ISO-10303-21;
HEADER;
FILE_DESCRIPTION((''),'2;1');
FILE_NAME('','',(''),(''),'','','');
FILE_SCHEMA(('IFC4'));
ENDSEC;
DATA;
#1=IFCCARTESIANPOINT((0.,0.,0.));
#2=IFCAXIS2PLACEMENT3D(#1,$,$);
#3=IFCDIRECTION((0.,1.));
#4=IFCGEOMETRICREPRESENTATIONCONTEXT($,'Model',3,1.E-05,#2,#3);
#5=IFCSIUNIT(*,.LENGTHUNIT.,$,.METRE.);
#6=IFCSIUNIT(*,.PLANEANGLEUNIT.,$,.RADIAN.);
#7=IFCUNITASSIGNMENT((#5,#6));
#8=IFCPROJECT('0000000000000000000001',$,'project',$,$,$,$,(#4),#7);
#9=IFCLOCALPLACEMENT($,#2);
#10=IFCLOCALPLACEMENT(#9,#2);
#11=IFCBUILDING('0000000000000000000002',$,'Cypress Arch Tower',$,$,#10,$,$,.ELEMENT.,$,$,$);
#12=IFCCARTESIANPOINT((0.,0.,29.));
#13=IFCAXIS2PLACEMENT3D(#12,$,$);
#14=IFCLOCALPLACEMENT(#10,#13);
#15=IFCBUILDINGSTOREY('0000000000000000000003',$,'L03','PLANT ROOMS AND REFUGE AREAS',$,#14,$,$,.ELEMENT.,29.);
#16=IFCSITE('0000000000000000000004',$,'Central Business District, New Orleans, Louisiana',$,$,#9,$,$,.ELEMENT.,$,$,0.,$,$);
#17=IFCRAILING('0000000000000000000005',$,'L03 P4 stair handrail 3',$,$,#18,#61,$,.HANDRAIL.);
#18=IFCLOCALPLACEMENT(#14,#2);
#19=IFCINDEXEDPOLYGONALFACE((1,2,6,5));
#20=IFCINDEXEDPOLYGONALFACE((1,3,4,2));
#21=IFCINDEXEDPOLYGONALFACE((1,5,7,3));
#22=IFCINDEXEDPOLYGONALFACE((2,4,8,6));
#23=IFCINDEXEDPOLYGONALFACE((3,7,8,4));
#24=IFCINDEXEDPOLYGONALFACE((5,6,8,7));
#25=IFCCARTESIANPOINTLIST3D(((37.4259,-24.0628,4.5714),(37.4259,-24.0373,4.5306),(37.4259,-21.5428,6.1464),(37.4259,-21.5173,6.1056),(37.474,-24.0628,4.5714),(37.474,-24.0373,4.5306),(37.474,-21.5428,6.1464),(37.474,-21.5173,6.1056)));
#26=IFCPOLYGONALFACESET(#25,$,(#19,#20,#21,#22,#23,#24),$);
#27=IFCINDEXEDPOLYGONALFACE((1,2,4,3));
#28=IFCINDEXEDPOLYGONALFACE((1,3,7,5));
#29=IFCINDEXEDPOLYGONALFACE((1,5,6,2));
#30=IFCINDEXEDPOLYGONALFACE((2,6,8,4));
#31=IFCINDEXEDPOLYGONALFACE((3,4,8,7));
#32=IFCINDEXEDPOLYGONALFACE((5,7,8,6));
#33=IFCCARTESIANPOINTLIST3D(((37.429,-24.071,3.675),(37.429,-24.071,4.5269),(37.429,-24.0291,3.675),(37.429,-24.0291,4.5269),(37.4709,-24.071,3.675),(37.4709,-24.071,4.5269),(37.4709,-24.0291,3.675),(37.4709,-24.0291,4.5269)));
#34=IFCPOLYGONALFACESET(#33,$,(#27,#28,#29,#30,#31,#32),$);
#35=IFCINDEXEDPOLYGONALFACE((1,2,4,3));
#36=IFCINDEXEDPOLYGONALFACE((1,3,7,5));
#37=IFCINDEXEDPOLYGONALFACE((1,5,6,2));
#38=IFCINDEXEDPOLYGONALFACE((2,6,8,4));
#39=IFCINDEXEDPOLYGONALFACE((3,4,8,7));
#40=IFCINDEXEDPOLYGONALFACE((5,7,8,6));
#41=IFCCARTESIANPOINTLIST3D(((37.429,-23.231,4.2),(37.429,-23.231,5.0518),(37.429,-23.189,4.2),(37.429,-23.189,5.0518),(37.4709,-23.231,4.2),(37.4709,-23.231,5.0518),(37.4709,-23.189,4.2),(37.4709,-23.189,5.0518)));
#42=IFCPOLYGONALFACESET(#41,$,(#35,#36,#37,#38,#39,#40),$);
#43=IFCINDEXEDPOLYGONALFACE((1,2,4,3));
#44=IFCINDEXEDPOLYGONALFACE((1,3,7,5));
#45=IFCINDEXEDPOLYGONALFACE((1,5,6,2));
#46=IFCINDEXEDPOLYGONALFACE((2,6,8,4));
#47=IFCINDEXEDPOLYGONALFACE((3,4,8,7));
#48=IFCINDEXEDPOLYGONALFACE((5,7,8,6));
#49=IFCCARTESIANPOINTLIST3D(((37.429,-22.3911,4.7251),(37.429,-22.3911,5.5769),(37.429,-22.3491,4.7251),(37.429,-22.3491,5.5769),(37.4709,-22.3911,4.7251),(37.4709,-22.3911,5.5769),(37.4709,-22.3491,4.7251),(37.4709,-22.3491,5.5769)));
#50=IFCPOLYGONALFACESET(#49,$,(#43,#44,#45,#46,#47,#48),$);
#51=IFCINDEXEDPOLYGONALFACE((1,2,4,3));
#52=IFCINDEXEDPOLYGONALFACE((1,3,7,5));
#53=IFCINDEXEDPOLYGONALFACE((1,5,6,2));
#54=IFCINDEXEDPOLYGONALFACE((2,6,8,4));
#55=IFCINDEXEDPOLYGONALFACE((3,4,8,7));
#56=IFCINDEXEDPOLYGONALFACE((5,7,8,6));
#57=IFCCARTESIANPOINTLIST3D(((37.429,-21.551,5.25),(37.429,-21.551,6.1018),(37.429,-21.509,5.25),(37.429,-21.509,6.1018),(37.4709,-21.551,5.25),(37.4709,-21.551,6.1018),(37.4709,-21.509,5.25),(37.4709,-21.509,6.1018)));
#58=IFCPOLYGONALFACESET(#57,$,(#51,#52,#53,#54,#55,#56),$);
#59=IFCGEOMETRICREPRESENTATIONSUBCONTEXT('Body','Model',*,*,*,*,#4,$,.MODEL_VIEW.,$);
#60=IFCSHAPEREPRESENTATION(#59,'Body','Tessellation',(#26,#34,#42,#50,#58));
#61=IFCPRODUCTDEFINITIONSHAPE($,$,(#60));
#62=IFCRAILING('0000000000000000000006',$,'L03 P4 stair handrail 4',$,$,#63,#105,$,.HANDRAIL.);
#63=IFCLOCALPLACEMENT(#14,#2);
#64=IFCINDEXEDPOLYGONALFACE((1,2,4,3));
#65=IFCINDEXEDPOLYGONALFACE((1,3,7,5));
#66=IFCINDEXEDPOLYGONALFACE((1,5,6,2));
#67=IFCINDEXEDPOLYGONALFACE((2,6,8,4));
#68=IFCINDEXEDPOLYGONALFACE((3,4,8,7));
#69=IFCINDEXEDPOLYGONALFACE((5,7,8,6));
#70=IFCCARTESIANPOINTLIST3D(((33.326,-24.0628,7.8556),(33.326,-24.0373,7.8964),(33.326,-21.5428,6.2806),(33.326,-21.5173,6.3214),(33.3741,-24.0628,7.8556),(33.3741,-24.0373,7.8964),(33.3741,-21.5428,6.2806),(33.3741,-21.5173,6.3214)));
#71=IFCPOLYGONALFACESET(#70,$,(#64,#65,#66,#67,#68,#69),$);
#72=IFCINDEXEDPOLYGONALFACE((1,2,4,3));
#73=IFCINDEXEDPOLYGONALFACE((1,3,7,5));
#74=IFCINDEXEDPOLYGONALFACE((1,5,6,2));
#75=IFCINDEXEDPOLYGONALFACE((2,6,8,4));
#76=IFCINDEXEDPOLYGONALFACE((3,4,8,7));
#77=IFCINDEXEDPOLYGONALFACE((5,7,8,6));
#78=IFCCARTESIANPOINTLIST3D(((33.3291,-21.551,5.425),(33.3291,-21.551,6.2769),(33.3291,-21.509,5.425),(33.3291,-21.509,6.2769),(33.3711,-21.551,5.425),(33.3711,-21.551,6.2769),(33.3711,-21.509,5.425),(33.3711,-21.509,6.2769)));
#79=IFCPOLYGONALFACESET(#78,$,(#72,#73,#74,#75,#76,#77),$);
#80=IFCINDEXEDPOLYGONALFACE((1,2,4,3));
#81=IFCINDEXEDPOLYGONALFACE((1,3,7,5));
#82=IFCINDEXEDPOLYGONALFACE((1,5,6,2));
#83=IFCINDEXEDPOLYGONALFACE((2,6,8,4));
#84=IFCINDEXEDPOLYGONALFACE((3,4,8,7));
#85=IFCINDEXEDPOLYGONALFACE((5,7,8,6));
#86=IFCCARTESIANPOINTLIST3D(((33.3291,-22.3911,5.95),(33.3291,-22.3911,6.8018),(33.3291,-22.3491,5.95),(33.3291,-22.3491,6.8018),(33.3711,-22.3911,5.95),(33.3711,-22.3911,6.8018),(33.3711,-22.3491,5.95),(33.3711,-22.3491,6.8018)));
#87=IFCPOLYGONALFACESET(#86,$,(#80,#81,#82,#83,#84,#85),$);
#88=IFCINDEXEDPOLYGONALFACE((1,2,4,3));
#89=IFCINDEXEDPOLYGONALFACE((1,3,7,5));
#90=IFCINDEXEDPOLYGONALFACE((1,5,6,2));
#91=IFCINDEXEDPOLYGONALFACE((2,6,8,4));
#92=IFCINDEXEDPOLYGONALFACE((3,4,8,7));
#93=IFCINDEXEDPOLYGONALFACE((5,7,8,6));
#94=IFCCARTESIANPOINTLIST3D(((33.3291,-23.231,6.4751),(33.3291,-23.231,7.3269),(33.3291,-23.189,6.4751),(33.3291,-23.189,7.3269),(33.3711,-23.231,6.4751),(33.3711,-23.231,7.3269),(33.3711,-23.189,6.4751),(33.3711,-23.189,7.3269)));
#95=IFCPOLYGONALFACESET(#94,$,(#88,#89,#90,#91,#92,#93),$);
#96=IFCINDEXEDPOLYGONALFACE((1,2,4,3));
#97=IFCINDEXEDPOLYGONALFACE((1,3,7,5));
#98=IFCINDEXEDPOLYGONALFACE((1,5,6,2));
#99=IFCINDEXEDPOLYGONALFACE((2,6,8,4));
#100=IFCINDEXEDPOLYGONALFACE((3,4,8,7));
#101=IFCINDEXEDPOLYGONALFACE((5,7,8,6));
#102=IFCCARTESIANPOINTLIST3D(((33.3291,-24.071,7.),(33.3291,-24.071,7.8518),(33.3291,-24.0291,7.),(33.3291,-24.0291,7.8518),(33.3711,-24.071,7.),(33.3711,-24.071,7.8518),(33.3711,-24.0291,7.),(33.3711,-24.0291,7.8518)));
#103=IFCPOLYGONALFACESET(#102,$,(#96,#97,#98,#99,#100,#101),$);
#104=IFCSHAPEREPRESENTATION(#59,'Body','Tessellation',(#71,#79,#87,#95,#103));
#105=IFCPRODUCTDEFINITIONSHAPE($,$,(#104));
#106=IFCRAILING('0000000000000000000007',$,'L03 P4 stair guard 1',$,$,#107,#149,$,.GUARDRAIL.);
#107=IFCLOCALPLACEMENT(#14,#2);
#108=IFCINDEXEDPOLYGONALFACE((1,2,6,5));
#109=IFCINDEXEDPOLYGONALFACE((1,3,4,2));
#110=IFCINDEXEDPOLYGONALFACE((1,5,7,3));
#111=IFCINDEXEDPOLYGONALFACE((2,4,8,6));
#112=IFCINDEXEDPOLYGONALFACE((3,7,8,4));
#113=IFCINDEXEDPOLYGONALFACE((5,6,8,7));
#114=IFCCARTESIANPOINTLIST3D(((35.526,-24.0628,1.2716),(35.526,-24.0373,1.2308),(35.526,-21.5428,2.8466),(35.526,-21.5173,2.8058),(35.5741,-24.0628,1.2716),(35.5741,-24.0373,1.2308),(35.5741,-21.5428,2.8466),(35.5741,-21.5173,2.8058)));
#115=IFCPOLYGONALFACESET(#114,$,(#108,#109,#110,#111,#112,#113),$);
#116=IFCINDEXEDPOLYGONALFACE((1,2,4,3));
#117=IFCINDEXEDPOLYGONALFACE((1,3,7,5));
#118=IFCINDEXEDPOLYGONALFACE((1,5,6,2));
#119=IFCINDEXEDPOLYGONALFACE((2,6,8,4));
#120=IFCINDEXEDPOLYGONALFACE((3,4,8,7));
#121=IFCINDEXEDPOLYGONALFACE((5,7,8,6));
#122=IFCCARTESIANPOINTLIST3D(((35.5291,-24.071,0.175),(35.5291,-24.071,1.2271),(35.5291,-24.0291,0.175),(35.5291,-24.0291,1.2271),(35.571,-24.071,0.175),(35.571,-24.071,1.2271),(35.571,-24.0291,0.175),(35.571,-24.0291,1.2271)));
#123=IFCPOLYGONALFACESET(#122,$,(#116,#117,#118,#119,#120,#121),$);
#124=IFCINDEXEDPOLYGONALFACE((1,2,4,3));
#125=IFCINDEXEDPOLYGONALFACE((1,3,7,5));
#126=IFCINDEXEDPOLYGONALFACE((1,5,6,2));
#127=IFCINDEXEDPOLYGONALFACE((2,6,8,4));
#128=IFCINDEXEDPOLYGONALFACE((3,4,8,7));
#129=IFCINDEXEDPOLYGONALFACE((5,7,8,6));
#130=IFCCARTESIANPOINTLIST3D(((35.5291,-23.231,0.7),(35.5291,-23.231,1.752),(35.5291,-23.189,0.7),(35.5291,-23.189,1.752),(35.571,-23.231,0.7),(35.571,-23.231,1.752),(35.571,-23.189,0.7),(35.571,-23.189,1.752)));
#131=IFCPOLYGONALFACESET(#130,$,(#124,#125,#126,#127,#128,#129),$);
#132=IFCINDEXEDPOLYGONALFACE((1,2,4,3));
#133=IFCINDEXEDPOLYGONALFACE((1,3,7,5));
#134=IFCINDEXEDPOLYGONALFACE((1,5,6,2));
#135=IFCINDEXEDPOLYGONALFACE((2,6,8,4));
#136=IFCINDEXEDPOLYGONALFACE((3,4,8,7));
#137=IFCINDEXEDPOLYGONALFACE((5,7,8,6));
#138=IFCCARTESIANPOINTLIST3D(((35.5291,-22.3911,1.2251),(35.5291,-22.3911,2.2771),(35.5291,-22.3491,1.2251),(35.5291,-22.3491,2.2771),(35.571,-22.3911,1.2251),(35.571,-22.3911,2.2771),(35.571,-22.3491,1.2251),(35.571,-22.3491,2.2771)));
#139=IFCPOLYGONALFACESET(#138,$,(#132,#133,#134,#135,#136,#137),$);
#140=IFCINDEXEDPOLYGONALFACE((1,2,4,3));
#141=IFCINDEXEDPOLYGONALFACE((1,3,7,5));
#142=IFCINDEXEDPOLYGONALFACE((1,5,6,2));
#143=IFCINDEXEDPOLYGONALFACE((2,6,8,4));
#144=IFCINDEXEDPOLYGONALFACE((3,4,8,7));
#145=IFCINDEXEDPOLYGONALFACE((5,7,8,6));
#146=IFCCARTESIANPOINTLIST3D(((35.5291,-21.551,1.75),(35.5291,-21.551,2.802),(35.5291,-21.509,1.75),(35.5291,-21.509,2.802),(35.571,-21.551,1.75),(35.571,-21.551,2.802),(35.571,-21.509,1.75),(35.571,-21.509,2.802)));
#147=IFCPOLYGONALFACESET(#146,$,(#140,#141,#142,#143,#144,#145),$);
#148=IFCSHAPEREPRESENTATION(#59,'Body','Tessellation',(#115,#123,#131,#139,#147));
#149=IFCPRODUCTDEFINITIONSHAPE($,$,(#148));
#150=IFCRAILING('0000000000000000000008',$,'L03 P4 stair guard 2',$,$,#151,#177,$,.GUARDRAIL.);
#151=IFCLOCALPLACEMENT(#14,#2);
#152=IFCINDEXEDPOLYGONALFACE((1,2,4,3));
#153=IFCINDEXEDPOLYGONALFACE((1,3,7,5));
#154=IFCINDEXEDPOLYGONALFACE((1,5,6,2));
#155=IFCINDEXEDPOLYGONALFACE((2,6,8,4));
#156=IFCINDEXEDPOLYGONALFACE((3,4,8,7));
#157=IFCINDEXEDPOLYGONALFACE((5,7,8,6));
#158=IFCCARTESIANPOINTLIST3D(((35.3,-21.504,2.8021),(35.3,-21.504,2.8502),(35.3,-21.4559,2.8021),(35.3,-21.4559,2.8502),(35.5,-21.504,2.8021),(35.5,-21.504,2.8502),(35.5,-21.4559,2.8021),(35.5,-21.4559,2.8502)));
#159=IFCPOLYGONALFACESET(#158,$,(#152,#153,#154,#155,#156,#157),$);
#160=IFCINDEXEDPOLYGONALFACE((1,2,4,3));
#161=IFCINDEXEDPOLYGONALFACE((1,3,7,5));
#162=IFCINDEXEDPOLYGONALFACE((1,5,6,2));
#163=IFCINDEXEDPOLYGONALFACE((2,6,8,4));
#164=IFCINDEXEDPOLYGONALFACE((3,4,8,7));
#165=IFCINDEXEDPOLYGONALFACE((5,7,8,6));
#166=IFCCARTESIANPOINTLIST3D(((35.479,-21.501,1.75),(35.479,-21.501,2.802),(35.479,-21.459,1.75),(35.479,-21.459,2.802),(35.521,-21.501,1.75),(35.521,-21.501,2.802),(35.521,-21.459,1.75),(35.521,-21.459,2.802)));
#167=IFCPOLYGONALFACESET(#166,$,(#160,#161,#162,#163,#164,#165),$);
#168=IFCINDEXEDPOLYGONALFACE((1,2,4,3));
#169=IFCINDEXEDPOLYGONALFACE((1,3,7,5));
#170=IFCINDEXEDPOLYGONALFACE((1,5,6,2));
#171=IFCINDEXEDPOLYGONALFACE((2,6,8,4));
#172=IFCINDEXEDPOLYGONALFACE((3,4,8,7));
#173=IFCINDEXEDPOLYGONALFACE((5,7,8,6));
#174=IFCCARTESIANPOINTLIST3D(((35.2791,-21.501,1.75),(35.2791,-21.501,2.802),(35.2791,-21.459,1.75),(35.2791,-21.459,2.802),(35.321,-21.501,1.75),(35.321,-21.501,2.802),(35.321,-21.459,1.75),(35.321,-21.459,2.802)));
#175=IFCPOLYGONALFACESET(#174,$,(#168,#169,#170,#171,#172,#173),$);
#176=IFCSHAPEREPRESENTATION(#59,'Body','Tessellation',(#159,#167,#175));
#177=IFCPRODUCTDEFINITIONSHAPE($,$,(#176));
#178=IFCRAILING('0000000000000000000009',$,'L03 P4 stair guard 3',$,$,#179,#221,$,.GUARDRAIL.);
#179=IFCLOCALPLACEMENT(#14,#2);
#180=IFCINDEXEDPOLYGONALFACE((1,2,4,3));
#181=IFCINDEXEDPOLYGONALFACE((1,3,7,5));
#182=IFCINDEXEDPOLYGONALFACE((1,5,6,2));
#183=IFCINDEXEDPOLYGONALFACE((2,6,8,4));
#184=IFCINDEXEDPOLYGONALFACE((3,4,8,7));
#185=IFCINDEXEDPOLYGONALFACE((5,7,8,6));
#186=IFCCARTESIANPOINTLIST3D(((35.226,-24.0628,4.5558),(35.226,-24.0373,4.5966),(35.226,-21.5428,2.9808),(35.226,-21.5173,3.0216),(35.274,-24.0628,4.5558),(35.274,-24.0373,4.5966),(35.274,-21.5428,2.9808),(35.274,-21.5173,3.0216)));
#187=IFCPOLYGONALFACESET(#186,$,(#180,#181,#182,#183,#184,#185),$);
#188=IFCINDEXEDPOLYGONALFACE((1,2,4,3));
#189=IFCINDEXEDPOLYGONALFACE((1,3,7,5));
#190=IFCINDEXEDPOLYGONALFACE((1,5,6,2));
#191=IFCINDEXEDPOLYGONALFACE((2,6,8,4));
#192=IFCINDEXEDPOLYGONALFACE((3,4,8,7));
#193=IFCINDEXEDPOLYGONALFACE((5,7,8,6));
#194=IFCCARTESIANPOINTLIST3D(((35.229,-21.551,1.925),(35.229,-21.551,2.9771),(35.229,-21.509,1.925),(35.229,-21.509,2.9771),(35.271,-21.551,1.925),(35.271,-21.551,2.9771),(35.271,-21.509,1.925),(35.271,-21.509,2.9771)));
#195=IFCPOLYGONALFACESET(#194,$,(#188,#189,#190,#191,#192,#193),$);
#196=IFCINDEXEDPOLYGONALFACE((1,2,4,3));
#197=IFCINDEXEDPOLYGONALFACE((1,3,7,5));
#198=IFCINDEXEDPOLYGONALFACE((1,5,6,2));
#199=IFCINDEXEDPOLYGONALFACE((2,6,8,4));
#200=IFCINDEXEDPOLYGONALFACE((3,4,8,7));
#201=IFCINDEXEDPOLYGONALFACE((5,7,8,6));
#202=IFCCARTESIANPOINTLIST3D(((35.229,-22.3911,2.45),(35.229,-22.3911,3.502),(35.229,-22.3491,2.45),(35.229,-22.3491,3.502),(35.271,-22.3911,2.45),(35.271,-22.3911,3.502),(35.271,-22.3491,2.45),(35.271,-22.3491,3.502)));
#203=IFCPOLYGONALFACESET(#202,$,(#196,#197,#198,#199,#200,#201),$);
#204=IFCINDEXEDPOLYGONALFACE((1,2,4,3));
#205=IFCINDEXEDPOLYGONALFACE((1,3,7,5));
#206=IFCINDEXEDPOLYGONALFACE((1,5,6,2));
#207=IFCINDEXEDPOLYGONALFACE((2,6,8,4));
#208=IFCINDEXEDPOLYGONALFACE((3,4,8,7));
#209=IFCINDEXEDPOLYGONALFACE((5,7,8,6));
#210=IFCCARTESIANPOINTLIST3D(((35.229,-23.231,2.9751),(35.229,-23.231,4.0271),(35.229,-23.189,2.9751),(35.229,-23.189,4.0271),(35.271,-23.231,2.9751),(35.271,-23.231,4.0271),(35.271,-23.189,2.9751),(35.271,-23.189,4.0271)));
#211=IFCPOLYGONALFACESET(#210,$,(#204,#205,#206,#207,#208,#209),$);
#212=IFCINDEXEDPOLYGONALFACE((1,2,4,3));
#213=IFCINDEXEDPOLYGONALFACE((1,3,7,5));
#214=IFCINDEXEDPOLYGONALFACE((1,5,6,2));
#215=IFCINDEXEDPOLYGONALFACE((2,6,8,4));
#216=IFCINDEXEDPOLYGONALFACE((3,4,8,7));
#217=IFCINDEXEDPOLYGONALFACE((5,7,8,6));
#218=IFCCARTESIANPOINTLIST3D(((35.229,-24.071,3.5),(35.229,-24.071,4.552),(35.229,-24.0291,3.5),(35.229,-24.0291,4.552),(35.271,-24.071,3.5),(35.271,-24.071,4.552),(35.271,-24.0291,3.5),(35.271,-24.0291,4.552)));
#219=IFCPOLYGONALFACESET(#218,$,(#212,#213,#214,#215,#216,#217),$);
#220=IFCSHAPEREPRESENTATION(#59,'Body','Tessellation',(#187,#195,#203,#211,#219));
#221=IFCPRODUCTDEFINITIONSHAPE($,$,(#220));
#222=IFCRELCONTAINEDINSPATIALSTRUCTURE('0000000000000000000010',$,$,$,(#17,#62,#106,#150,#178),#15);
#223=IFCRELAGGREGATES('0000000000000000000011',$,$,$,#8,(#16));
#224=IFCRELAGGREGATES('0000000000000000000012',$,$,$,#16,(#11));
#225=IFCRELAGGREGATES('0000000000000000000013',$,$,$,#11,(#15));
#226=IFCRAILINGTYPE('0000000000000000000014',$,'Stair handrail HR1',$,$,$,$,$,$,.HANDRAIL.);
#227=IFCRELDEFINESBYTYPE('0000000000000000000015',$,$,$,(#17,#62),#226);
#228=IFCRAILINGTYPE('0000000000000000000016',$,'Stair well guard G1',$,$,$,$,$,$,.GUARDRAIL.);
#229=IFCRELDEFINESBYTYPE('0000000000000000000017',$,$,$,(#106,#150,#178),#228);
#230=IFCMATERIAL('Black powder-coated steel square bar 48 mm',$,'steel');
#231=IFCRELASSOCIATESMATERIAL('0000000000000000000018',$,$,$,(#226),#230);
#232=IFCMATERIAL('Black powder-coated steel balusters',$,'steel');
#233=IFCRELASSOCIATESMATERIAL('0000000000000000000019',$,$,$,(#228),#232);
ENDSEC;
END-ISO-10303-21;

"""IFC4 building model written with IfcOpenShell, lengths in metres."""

from ifc_helpers import new_model, si_unit, direction, frame, origin, origin_2d, place, context, subcontext, project, spatial, rectangle, extrude, material, type_object, element, save


model = new_model("IFC4")

# Units and contexts
model_context = context("Model", 3, precision=1e-05, world=origin(), true_north=direction((0.0, 1.0)))
body_context = subcontext(model_context, "Body", "Model", "MODEL_VIEW")
ifc_project = project(units=[si_unit("LENGTHUNIT", "METRE"), si_unit("PLANEANGLEUNIT", "RADIAN")], contexts=[model_context])

# Site, building, storey
site_placement = place(None, origin())
site = spatial("IfcSite", under=ifc_project, at=site_placement, Name="Central Business District, New Orleans, Louisiana", CompositionType="ELEMENT", RefElevation=0.0)
building_placement = place(site_placement, origin())
building = spatial("IfcBuilding", under=site, at=building_placement, Name="Cypress Arch Tower", CompositionType="ELEMENT")
storey_placement = place(building_placement, frame((0.0, 0.0, 29.0)))
storey = spatial("IfcBuildingStorey", under=building, at=storey_placement, Name="L03", Description="PLANT ROOMS AND REFUGE AREAS", CompositionType="ELEMENT", Elevation=29.0)

# Railings
ifc_material_1 = material(Name="Black powder-coated steel square bar 48 mm", Category="steel")
railing_type_1 = type_object("IfcRailingType", Name="Stair handrail HR1", PredefinedType="HANDRAIL", material=ifc_material_1)
railing_1_placement = place(storey_placement, frame((37.45, -24.05, 3.675)))
element("IfcRailing", 1, at=railing_1_placement, inside=storey, type_object=railing_type_1, Name="L03 P4 stair handrail 3", PredefinedType="HANDRAIL", context=body_context, shape_type="SweptSolid", body=[
    extrude(rectangle(XDim=0.0481, YDim=0.0481, at=origin_2d()), frame((0.0, 0.0, 0.876), z_axis=(0.0, 0.848008, 0.529984), x_axis=(-1.0, 0.0, 0.0)), (0.0, 0.0, 1.0), 2.9717),
    extrude(rectangle(XDim=0.042, YDim=0.042, at=origin_2d()), origin(), (0.0, 0.0, 1.0), 0.8518),
    extrude(rectangle(XDim=0.042, YDim=0.042, at=origin_2d()), frame((0.0, 0.8401, 0.5249)), (0.0, 0.0, 1.0), 0.8518),
    extrude(rectangle(XDim=0.042, YDim=0.042, at=origin_2d()), frame((0.0, 1.6799, 1.05)), (0.0, 0.0, 1.0), 0.8518),
    extrude(rectangle(XDim=0.042, YDim=0.042, at=origin_2d()), frame((0.0, 2.52, 1.575)), (0.0, 0.0, 1.0), 0.8518),
])
railing_2_placement = place(storey_placement, frame((33.3501, -21.53, 5.425)))
element("IfcRailing", 2, at=railing_2_placement, inside=storey, type_object=railing_type_1, Name="L03 P4 stair handrail 4", PredefinedType="HANDRAIL", context=body_context, shape_type="SweptSolid", body=[
    extrude(rectangle(XDim=0.0481, YDim=0.0481, at=origin_2d()), frame((0.0, 0.0, 0.876), z_axis=(0.0, -0.848008, 0.529984), x_axis=(1.0, 0.0, 0.0)), (0.0, 0.0, 1.0), 2.9717),
    extrude(rectangle(XDim=0.042, YDim=0.042, at=origin_2d()), origin(), (0.0, 0.0, 1.0), 0.8518),
    extrude(rectangle(XDim=0.042, YDim=0.042, at=origin_2d()), frame((0.0, -0.8401, 0.5249)), (0.0, 0.0, 1.0), 0.8518),
    extrude(rectangle(XDim=0.042, YDim=0.042, at=origin_2d()), frame((0.0, -1.6799, 1.05)), (0.0, 0.0, 1.0), 0.8518),
    extrude(rectangle(XDim=0.042, YDim=0.042, at=origin_2d()), frame((0.0, -2.52, 1.575)), (0.0, 0.0, 1.0), 0.8518),
])
ifc_material_2 = material(Name="Black powder-coated steel balusters", Category="steel")
railing_type_2 = type_object("IfcRailingType", Name="Stair well guard G1", PredefinedType="GUARDRAIL", material=ifc_material_2)
railing_3_placement = place(storey_placement, frame((35.55, -24.05, 0.175)))
element("IfcRailing", 3, at=railing_3_placement, inside=storey, type_object=railing_type_2, Name="L03 P4 stair guard 1", PredefinedType="GUARDRAIL", context=body_context, shape_type="SweptSolid", body=[
    extrude(rectangle(XDim=0.0481, YDim=0.0481, at=origin_2d()), frame((0.0, 0.0, 1.0762), z_axis=(0.0, 0.848008, 0.529984), x_axis=(-1.0, 0.0, 0.0)), (0.0, 0.0, 1.0), 2.9717),
    extrude(rectangle(XDim=0.042, YDim=0.042, at=origin_2d()), origin(), (0.0, 0.0, 1.0), 1.052),
    extrude(rectangle(XDim=0.042, YDim=0.042, at=origin_2d()), frame((0.0, 0.8401, 0.5249)), (0.0, 0.0, 1.0), 1.052),
    extrude(rectangle(XDim=0.042, YDim=0.042, at=origin_2d()), frame((0.0, 1.6799, 1.05)), (0.0, 0.0, 1.0), 1.052),
    extrude(rectangle(XDim=0.042, YDim=0.042, at=origin_2d()), frame((0.0, 2.52, 1.575)), (0.0, 0.0, 1.0), 1.052),
])
railing_4_placement = place(storey_placement, frame((35.5, -21.48, 1.75)))
element("IfcRailing", 4, at=railing_4_placement, inside=storey, type_object=railing_type_2, Name="L03 P4 stair guard 2", PredefinedType="GUARDRAIL", context=body_context, shape_type="SweptSolid", body=[
    extrude(rectangle(XDim=0.0481, YDim=0.0481, at=origin_2d()), frame((0.0, 0.0, 1.0762), z_axis=(-1.0, 0.0, 0.0), x_axis=(0.0, -1.0, 0.0)), (0.0, 0.0, 1.0), 0.2),
    extrude(rectangle(XDim=0.042, YDim=0.042, at=origin_2d()), origin(), (0.0, 0.0, 1.0), 1.052),
    extrude(rectangle(XDim=0.042, YDim=0.042, at=origin_2d()), frame((-0.2, 0.0, 0.0)), (0.0, 0.0, 1.0), 1.052),
])
railing_5_placement = place(storey_placement, frame((35.25, -21.53, 1.925)))
element("IfcRailing", 5, at=railing_5_placement, inside=storey, type_object=railing_type_2, Name="L03 P4 stair guard 3", PredefinedType="GUARDRAIL", context=body_context, shape_type="SweptSolid", body=[
    extrude(rectangle(XDim=0.0481, YDim=0.0481, at=origin_2d()), frame((0.0, 0.0, 1.0762), z_axis=(0.0, -0.848008, 0.529984), x_axis=(1.0, 0.0, 0.0)), (0.0, 0.0, 1.0), 2.9717),
    extrude(rectangle(XDim=0.042, YDim=0.042, at=origin_2d()), origin(), (0.0, 0.0, 1.0), 1.052),
    extrude(rectangle(XDim=0.042, YDim=0.042, at=origin_2d()), frame((0.0, -0.8401, 0.5249)), (0.0, 0.0, 1.0), 1.052),
    extrude(rectangle(XDim=0.042, YDim=0.042, at=origin_2d()), frame((0.0, -1.6799, 1.05)), (0.0, 0.0, 1.0), 1.052),
    extrude(rectangle(XDim=0.042, YDim=0.042, at=origin_2d()), frame((0.0, -2.52, 1.575)), (0.0, 0.0, 1.0), 1.052),
])

save(model, "model.ifc")
